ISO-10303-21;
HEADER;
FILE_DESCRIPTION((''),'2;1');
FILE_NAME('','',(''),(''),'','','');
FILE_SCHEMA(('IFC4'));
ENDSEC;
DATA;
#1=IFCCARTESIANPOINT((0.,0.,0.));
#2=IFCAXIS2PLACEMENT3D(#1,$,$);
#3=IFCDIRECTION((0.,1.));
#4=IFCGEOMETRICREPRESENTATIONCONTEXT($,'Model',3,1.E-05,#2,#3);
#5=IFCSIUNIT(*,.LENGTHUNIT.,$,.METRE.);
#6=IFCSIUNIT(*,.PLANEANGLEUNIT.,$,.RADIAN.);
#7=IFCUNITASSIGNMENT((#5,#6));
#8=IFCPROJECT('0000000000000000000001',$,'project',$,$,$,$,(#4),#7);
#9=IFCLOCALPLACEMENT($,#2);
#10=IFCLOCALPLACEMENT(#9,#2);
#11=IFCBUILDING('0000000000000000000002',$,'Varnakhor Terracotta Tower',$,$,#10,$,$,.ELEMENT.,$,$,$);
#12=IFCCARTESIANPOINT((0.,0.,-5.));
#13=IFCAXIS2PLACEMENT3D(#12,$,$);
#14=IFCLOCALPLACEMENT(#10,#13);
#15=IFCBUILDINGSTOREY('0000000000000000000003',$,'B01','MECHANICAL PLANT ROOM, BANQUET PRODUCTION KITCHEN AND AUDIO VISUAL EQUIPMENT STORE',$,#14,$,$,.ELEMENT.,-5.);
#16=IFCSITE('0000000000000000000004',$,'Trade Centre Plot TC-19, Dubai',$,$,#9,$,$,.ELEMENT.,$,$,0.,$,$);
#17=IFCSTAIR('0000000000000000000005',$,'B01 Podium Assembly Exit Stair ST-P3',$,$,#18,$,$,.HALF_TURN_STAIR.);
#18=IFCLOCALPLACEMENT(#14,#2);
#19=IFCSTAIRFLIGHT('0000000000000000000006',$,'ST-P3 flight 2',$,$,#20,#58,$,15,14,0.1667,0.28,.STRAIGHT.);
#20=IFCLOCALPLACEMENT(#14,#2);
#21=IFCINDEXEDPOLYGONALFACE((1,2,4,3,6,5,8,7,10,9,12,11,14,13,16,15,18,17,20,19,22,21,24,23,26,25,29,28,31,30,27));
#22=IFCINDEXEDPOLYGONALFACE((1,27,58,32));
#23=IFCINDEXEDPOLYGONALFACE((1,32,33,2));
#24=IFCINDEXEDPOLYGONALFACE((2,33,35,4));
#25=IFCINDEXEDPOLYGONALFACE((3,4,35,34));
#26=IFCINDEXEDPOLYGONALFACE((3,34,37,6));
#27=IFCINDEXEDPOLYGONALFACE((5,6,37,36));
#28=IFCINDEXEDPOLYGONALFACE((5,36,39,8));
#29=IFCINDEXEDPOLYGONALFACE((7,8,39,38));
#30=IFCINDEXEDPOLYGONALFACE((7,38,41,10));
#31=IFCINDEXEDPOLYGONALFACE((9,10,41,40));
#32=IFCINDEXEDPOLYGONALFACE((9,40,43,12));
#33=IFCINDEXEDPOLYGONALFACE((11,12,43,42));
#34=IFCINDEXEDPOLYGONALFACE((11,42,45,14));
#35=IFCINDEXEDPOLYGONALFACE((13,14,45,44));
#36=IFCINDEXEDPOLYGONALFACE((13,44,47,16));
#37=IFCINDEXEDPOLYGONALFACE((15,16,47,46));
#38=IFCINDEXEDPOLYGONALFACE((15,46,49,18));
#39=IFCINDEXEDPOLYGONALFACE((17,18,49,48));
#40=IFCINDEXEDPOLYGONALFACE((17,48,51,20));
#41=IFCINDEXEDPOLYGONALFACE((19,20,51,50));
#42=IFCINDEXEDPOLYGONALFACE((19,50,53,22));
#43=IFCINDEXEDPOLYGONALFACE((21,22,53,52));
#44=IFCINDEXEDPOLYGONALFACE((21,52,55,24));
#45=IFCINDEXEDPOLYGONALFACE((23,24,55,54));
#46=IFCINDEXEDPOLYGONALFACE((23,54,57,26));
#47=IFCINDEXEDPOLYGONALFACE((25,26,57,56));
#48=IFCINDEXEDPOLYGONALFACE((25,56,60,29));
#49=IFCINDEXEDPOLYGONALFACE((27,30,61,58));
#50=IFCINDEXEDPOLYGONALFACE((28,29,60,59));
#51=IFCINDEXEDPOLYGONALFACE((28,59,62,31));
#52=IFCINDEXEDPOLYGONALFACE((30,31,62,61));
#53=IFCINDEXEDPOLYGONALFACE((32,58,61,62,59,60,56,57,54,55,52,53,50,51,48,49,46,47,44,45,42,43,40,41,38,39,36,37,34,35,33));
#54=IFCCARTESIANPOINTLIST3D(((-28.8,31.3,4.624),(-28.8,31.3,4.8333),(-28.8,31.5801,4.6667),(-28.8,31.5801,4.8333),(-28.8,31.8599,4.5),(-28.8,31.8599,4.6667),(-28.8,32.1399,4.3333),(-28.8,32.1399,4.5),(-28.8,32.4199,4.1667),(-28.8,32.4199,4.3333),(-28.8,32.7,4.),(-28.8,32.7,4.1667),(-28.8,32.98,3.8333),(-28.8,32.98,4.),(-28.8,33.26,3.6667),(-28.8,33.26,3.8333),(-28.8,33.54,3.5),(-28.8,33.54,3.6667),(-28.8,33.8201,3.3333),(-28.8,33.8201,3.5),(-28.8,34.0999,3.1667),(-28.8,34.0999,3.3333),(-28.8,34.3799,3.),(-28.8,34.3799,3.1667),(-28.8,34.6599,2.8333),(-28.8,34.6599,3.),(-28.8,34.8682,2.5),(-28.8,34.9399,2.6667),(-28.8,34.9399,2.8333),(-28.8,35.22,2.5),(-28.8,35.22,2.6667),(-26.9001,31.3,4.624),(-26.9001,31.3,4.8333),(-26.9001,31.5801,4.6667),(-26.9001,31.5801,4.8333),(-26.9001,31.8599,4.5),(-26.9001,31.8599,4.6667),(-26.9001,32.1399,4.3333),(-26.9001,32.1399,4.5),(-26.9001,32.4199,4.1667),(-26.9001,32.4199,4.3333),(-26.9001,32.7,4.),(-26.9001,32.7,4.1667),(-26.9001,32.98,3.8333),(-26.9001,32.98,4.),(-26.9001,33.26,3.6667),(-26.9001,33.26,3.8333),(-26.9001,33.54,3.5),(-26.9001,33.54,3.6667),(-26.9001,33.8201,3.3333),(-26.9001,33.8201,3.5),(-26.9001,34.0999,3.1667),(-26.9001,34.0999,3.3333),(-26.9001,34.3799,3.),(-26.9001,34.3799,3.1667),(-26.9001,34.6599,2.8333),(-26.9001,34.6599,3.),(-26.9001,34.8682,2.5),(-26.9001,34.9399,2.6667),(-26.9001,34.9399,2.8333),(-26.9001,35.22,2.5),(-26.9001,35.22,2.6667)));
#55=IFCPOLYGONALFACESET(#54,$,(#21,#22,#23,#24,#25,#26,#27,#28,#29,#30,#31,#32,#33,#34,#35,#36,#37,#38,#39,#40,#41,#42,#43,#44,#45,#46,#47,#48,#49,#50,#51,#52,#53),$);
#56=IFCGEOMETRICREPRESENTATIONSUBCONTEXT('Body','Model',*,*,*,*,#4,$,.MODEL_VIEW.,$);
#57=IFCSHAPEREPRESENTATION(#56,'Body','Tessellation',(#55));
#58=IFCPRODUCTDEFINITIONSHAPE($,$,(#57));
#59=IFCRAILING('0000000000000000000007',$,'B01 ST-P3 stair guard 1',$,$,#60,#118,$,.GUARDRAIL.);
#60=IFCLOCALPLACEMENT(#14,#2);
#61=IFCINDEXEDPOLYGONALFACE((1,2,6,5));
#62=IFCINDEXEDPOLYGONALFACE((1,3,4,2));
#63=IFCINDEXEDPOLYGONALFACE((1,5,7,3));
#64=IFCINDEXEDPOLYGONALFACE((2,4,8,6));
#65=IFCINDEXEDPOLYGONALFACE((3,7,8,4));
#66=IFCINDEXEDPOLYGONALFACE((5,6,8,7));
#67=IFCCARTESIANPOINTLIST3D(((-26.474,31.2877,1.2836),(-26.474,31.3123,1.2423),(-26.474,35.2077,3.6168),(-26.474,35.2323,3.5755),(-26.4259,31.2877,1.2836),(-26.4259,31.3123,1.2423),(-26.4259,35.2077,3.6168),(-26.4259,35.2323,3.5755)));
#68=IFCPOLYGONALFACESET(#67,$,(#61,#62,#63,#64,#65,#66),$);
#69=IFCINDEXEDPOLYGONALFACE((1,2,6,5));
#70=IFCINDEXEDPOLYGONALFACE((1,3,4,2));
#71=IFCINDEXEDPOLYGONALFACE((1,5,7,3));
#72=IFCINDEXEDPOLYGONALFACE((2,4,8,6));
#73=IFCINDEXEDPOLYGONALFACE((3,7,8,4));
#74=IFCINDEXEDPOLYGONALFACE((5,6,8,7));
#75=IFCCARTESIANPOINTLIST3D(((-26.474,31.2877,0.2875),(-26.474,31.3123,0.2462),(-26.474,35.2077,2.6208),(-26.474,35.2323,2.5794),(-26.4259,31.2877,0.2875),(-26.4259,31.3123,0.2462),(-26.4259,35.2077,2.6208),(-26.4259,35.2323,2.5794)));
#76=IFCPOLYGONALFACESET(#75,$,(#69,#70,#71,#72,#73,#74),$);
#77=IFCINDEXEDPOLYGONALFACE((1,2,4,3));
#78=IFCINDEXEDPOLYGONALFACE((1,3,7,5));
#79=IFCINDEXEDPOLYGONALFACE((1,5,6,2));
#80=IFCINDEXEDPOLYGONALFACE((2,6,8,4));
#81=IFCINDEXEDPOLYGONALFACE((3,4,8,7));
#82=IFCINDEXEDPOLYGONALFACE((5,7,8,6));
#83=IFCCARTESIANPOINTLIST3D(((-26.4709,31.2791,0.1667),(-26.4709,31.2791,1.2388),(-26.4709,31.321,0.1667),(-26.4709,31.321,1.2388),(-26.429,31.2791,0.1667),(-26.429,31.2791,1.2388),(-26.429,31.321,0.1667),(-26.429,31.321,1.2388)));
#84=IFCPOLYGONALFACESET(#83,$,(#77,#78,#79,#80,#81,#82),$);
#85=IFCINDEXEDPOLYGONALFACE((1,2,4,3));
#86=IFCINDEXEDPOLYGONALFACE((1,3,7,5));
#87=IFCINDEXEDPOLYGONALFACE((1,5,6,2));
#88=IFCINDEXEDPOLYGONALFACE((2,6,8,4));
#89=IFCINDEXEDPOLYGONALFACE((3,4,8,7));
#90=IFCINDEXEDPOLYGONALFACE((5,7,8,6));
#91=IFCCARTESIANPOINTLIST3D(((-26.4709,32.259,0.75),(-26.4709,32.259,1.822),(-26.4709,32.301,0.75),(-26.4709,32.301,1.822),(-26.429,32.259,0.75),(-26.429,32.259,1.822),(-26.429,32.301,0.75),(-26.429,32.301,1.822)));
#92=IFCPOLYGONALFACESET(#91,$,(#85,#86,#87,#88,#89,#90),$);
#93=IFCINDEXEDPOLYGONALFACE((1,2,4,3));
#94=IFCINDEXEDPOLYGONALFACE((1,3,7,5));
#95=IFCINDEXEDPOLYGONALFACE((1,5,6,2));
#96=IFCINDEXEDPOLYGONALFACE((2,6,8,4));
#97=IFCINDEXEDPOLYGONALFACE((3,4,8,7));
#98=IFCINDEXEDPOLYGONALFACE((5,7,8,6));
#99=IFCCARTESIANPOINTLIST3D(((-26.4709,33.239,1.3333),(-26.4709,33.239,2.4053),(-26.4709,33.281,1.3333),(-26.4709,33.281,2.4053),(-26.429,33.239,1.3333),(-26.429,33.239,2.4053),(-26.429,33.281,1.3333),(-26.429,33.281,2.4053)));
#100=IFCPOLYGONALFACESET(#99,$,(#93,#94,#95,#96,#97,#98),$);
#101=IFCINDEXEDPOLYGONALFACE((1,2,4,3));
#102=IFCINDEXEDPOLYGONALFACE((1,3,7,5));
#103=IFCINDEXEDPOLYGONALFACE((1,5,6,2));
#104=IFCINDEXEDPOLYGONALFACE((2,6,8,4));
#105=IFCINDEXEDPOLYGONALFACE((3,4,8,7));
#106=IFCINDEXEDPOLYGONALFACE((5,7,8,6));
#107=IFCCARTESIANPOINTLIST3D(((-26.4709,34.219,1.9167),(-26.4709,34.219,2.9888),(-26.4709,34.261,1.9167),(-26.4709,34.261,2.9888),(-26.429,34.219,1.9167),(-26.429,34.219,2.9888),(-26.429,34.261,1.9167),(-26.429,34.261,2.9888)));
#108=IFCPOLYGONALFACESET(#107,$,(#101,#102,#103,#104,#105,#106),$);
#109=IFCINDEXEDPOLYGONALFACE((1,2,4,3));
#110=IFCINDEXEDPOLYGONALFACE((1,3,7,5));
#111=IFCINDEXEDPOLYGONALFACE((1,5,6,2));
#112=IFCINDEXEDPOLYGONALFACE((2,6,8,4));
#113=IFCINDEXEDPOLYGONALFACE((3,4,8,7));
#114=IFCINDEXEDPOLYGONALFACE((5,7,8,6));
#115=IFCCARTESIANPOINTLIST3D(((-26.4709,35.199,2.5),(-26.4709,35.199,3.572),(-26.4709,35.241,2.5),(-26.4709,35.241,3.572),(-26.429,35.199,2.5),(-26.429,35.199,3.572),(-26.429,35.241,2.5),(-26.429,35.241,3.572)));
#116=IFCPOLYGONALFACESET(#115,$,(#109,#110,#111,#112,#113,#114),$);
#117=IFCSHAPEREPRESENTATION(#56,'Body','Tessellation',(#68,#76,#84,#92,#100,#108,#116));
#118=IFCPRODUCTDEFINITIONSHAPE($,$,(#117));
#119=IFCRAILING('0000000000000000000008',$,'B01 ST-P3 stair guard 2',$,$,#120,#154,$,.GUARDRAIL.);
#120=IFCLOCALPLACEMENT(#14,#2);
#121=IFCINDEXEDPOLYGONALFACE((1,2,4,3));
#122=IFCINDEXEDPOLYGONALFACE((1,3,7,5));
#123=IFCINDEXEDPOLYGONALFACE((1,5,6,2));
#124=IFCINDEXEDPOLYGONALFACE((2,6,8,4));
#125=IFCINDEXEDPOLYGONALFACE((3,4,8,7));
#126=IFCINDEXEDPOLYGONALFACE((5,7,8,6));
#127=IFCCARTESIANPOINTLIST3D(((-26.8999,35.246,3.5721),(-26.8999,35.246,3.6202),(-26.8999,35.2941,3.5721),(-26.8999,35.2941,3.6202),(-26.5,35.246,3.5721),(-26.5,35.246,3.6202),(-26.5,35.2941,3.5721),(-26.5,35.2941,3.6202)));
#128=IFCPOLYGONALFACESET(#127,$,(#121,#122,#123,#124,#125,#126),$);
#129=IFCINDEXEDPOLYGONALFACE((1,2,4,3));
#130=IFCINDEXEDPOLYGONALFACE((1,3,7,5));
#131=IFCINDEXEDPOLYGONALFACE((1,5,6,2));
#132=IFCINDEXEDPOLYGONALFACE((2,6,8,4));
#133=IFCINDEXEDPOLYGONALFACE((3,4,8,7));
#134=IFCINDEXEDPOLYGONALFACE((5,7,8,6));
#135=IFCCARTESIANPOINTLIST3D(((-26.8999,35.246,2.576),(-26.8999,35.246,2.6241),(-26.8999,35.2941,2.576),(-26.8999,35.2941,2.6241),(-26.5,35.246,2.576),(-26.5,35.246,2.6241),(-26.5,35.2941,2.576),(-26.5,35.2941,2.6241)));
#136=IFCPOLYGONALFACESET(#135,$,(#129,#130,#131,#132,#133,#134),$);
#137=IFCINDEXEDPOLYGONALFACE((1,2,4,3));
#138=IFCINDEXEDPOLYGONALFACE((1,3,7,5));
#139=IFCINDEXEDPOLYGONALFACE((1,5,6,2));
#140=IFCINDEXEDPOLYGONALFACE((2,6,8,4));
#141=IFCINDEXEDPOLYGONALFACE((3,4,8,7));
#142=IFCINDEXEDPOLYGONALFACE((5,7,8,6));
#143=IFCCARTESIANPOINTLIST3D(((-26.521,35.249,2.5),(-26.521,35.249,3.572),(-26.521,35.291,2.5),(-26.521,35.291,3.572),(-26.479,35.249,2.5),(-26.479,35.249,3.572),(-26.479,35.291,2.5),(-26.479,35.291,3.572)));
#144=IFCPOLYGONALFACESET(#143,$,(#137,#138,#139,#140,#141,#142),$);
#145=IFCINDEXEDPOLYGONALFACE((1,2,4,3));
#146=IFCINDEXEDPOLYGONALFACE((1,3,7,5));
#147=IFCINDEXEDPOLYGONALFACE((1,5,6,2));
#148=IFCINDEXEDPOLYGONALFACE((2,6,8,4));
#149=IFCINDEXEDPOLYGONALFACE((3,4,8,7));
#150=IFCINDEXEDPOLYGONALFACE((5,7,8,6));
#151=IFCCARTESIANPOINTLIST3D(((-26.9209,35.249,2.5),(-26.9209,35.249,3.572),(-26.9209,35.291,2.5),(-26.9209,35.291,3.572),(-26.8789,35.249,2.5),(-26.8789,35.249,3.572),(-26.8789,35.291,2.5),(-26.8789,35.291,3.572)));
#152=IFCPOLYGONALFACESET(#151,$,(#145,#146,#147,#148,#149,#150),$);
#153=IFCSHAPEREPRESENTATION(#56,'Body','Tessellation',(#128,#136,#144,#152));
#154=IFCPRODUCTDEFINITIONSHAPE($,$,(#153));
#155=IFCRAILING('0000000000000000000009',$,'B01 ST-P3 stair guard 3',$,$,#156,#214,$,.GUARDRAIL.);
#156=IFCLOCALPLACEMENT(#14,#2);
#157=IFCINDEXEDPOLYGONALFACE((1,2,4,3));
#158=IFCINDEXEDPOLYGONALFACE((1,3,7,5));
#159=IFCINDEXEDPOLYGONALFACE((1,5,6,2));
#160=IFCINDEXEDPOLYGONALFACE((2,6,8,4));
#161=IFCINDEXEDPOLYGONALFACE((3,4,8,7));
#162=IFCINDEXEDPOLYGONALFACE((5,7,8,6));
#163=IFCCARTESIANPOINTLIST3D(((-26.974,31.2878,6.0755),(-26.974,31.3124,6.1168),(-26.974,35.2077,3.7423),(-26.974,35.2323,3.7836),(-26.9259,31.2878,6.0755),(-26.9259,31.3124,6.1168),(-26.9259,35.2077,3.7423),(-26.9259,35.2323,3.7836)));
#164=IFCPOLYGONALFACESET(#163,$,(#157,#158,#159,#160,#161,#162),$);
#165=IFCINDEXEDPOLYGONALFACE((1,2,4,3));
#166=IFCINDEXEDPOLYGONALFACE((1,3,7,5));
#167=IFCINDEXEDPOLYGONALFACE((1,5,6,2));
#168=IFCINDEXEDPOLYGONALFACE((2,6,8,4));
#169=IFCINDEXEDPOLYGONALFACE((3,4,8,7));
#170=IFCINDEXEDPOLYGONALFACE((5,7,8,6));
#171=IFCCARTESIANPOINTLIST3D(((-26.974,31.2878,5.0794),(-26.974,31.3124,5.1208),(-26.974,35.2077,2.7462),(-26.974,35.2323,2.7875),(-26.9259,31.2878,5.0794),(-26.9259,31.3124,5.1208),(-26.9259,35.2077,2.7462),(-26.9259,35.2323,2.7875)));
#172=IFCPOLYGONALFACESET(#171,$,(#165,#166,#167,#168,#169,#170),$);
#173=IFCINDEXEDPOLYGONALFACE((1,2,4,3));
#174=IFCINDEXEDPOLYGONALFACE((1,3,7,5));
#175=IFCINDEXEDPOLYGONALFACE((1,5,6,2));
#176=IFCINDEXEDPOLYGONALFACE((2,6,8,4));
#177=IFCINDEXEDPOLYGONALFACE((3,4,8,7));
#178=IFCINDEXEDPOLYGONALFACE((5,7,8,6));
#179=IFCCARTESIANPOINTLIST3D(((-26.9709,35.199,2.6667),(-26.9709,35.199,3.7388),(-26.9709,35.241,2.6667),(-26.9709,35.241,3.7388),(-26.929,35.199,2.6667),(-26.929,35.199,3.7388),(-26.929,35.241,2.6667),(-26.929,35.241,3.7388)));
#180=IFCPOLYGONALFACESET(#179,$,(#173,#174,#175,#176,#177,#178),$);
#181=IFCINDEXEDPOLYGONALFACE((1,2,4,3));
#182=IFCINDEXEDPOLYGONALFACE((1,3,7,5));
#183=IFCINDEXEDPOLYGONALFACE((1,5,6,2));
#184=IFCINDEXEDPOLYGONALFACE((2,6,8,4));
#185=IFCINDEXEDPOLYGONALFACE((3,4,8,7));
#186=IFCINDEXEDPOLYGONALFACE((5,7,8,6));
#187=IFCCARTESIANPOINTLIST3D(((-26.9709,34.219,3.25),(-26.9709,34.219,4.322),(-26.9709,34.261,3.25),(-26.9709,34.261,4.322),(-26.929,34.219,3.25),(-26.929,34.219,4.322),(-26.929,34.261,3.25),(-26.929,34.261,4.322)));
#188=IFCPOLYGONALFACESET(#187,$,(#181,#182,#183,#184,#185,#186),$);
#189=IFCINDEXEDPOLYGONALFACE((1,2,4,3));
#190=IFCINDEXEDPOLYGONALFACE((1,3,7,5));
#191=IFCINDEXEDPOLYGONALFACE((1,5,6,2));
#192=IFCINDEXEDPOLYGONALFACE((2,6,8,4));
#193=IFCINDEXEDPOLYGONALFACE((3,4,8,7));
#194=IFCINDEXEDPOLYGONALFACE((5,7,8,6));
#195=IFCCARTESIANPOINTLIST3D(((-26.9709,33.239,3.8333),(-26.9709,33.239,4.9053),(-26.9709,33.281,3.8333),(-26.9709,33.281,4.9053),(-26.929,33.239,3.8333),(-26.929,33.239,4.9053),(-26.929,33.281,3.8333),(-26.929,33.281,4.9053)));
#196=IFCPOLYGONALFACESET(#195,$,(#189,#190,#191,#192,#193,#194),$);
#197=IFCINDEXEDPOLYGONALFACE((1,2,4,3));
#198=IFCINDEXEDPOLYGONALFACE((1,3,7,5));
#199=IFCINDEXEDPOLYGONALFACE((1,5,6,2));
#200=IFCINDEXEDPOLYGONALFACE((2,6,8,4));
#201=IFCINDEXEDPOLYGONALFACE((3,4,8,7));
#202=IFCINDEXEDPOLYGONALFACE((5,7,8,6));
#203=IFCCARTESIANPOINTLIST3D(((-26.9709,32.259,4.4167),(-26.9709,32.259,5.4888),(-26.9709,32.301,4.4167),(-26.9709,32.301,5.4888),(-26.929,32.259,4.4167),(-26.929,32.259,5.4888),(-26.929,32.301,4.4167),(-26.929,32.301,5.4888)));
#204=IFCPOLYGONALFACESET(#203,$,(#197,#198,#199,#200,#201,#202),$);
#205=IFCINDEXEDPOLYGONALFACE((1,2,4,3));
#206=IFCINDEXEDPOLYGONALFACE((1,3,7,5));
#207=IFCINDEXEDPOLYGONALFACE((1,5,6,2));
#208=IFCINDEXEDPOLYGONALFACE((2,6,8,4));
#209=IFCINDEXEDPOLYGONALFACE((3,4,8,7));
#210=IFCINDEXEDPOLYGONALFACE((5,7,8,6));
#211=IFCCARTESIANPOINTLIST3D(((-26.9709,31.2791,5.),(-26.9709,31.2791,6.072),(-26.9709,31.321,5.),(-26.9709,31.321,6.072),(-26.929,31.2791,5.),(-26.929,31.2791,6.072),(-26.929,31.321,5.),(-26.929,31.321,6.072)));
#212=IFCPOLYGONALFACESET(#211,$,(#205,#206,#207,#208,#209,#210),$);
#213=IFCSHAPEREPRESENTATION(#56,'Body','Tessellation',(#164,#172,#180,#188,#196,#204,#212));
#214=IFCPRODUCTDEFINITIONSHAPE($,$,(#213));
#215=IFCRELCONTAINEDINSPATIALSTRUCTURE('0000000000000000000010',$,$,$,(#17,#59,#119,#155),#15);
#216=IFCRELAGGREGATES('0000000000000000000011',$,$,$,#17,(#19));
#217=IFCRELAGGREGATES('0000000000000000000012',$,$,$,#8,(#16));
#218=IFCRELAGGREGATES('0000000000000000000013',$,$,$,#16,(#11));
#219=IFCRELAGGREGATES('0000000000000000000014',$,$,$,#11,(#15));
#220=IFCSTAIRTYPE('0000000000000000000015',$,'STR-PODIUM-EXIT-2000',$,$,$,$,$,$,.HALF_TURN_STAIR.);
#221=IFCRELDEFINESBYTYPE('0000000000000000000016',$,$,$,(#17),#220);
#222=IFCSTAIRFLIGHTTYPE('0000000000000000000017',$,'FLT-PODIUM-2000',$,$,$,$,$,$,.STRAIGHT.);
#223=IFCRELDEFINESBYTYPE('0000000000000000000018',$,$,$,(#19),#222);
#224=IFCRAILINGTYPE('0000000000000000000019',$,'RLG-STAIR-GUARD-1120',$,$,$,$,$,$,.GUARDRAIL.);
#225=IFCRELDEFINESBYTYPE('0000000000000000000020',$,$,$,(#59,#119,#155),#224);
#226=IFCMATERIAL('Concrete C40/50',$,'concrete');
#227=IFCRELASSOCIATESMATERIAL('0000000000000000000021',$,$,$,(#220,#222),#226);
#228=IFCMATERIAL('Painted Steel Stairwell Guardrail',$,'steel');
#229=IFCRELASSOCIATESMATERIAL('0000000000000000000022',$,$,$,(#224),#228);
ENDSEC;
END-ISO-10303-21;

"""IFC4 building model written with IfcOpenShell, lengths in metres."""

from ifc_helpers import new_model, si_unit, direction, frame, origin, origin_2d, place, context, subcontext, project, spatial, polyline, rectangle, outline, extrude, material, type_object, element, aggregate, save


model = new_model("IFC4")

# Units and contexts
model_context = context("Model", 3, precision=1e-05, world=origin(), true_north=direction((0.0, 1.0)))
body_context = subcontext(model_context, "Body", "Model", "MODEL_VIEW")
ifc_project = project(units=[si_unit("LENGTHUNIT", "METRE"), si_unit("PLANEANGLEUNIT", "RADIAN")], contexts=[model_context])

# Site, building, storey
site_placement = place(None, origin())
site = spatial("IfcSite", under=ifc_project, at=site_placement, Name="Trade Centre Plot TC-19, Dubai", CompositionType="ELEMENT", RefElevation=0.0)
building_placement = place(site_placement, origin())
building = spatial("IfcBuilding", under=site, at=building_placement, Name="Varnakhor Terracotta Tower", CompositionType="ELEMENT")
storey_placement = place(building_placement, frame((0.0, 0.0, -5.0)))
storey = spatial("IfcBuildingStorey", under=building, at=storey_placement, Name="B01", Description="MECHANICAL PLANT ROOM, BANQUET PRODUCTION KITCHEN AND AUDIO VISUAL EQUIPMENT STORE", CompositionType="ELEMENT", Elevation=-5.0)

# Shared definitions
ifc_material_1 = material(Name="Concrete C40/50", Category="concrete")

# Stair, stair flight
stair_type = type_object("IfcStairType", Name="STR-PODIUM-EXIT-2000", PredefinedType="HALF_TURN_STAIR", material=ifc_material_1)
stair_placement = place(storey_placement, origin())
stair = element("IfcStair", 1, at=stair_placement, inside=storey, type_object=stair_type, Name="B01 Podium Assembly Exit Stair ST-P3", PredefinedType="HALF_TURN_STAIR")
stair_flight_type = type_object("IfcStairFlightType", Name="FLT-PODIUM-2000", PredefinedType="STRAIGHT", material=ifc_material_1)
stair_flight_1_placement = place(storey_placement, frame((-27.8501, 35.22, 2.5), z_axis=(0.0, 0.0, 1.0), x_axis=(0.0, -1.0, 0.0)))
stair_flight_1 = element("IfcStairFlight", 2, at=stair_flight_1_placement, type_object=stair_flight_type, Name="ST-P3 flight 2", NumberOfRisers=15, NumberOfTreads=14, PredefinedType="STRAIGHT", RiserHeight=0.1667, TreadLength=0.28, context=body_context, shape_type="SweptSolid", body=[
    extrude(outline(polyline([(0.0, 0.0), (0.0, 0.1667), (0.28, 0.1667), (0.28, 0.3333), (0.5601, 0.3333), (0.5601, 0.5), (0.8401, 0.5), (0.8401, 0.6667), (1.1201, 0.6667), (1.1201, 0.8333), (1.3999, 0.8333), (1.3999, 1.0), (1.6799, 1.0), (1.6799, 1.1667), (1.96, 1.1667), (1.96, 1.3333), (2.24, 1.3333), (2.24, 1.5), (2.52, 1.5), (2.52, 1.6667), (2.8, 1.6667), (2.8, 1.8333), (3.0801, 1.8333), (3.0801, 2.0), (3.3601, 2.0), (3.3601, 2.1667), (3.6399, 2.1667), (3.6399, 2.3333), (3.9199, 2.3333), (3.9199, 2.5), (3.9199, 2.124), (0.3518, 0.0), (0.0, 0.0)])), frame((0.0, 0.95, 0.0), z_axis=(0.0, -1.0, 0.0), x_axis=(1.0, 0.0, 0.0)), (0.0, 0.0, 1.0), 1.8999),
])
aggregate(stair, [stair_flight_1])

# Railings
ifc_material_2 = material(Name="Painted Steel Stairwell Guardrail", Category="steel")
railing_type_1 = type_object("IfcRailingType", Name="RLG-STAIR-GUARD-1120", PredefinedType="GUARDRAIL", material=ifc_material_2)
railing_1_placement = place(storey_placement, frame((-26.45, 31.3, 0.1667)))
element("IfcRailing", 3, at=railing_1_placement, inside=storey, type_object=railing_type_1, Name="B01 ST-P3 stair guard 1", PredefinedType="GUARDRAIL", context=body_context, shape_type="SweptSolid", body=[
    extrude(rectangle(XDim=0.0481, YDim=0.0481, at=origin_2d()), frame((0.0, 0.0, 1.0962), z_axis=(0.0, 0.859296, 0.511478), x_axis=(-1.0, 0.0, 0.0)), (0.0, 0.0, 1.0), 4.5618),
    extrude(rectangle(XDim=0.0481, YDim=0.0481, at=origin_2d()), frame((0.0, 0.0, 0.1001), z_axis=(0.0, 0.859296, 0.511478), x_axis=(-1.0, 0.0, 0.0)), (0.0, 0.0, 1.0), 4.5618),
    extrude(rectangle(XDim=0.042, YDim=0.042, at=origin_2d()), origin(), (0.0, 0.0, 1.0), 1.072),
    extrude(rectangle(XDim=0.042, YDim=0.042, at=origin_2d()), frame((0.0, 0.98, 0.5833)), (0.0, 0.0, 1.0), 1.072),
    extrude(rectangle(XDim=0.042, YDim=0.042, at=origin_2d()), frame((0.0, 1.96, 1.1665)), (0.0, 0.0, 1.0), 1.072),
    extrude(rectangle(XDim=0.042, YDim=0.042, at=origin_2d()), frame((0.0, 2.9399, 1.75)), (0.0, 0.0, 1.0), 1.072),
    extrude(rectangle(XDim=0.042, YDim=0.042, at=origin_2d()), frame((0.0, 3.9199, 2.3333)), (0.0, 0.0, 1.0), 1.072),
])
railing_2_placement = place(storey_placement, frame((-26.5, 35.27, 2.5)))
element("IfcRailing", 4, at=railing_2_placement, inside=storey, type_object=railing_type_1, Name="B01 ST-P3 stair guard 2", PredefinedType="GUARDRAIL", context=body_context, shape_type="SweptSolid", body=[
    extrude(rectangle(XDim=0.0481, YDim=0.0481, at=origin_2d()), frame((0.0, 0.0, 1.0962), z_axis=(-1.0, 0.0, 0.0), x_axis=(0.0, -1.0, 0.0)), (0.0, 0.0, 1.0), 0.3999),
    extrude(rectangle(XDim=0.0481, YDim=0.0481, at=origin_2d()), frame((0.0, 0.0, 0.1001), z_axis=(-1.0, 0.0, 0.0), x_axis=(0.0, -1.0, 0.0)), (0.0, 0.0, 1.0), 0.3999),
    extrude(rectangle(XDim=0.042, YDim=0.042, at=origin_2d()), origin(), (0.0, 0.0, 1.0), 1.072),
    extrude(rectangle(XDim=0.042, YDim=0.042, at=origin_2d()), frame((-0.3999, 0.0, 0.0)), (0.0, 0.0, 1.0), 1.072),
])
railing_3_placement = place(storey_placement, frame((-26.95, 35.22, 2.6667)))
element("IfcRailing", 5, at=railing_3_placement, inside=storey, type_object=railing_type_1, Name="B01 ST-P3 stair guard 3", PredefinedType="GUARDRAIL", context=body_context, shape_type="SweptSolid", body=[
    extrude(rectangle(XDim=0.0481, YDim=0.0481, at=origin_2d()), frame((0.0, 0.0, 1.0962), z_axis=(0.0, -0.859296, 0.511478), x_axis=(1.0, 0.0, 0.0)), (0.0, 0.0, 1.0), 4.5618),
    extrude(rectangle(XDim=0.0481, YDim=0.0481, at=origin_2d()), frame((0.0, 0.0, 0.1001), z_axis=(0.0, -0.859296, 0.511478), x_axis=(1.0, 0.0, 0.0)), (0.0, 0.0, 1.0), 4.5618),
    extrude(rectangle(XDim=0.042, YDim=0.042, at=origin_2d()), origin(), (0.0, 0.0, 1.0), 1.072),
    extrude(rectangle(XDim=0.042, YDim=0.042, at=origin_2d()), frame((0.0, -0.98, 0.5833)), (0.0, 0.0, 1.0), 1.072),
    extrude(rectangle(XDim=0.042, YDim=0.042, at=origin_2d()), frame((0.0, -1.96, 1.1665)), (0.0, 0.0, 1.0), 1.072),
    extrude(rectangle(XDim=0.042, YDim=0.042, at=origin_2d()), frame((0.0, -2.9399, 1.75)), (0.0, 0.0, 1.0), 1.072),
    extrude(rectangle(XDim=0.042, YDim=0.042, at=origin_2d()), frame((0.0, -3.9199, 2.3333)), (0.0, 0.0, 1.0), 1.072),
])

save(model, "model.ifc")
